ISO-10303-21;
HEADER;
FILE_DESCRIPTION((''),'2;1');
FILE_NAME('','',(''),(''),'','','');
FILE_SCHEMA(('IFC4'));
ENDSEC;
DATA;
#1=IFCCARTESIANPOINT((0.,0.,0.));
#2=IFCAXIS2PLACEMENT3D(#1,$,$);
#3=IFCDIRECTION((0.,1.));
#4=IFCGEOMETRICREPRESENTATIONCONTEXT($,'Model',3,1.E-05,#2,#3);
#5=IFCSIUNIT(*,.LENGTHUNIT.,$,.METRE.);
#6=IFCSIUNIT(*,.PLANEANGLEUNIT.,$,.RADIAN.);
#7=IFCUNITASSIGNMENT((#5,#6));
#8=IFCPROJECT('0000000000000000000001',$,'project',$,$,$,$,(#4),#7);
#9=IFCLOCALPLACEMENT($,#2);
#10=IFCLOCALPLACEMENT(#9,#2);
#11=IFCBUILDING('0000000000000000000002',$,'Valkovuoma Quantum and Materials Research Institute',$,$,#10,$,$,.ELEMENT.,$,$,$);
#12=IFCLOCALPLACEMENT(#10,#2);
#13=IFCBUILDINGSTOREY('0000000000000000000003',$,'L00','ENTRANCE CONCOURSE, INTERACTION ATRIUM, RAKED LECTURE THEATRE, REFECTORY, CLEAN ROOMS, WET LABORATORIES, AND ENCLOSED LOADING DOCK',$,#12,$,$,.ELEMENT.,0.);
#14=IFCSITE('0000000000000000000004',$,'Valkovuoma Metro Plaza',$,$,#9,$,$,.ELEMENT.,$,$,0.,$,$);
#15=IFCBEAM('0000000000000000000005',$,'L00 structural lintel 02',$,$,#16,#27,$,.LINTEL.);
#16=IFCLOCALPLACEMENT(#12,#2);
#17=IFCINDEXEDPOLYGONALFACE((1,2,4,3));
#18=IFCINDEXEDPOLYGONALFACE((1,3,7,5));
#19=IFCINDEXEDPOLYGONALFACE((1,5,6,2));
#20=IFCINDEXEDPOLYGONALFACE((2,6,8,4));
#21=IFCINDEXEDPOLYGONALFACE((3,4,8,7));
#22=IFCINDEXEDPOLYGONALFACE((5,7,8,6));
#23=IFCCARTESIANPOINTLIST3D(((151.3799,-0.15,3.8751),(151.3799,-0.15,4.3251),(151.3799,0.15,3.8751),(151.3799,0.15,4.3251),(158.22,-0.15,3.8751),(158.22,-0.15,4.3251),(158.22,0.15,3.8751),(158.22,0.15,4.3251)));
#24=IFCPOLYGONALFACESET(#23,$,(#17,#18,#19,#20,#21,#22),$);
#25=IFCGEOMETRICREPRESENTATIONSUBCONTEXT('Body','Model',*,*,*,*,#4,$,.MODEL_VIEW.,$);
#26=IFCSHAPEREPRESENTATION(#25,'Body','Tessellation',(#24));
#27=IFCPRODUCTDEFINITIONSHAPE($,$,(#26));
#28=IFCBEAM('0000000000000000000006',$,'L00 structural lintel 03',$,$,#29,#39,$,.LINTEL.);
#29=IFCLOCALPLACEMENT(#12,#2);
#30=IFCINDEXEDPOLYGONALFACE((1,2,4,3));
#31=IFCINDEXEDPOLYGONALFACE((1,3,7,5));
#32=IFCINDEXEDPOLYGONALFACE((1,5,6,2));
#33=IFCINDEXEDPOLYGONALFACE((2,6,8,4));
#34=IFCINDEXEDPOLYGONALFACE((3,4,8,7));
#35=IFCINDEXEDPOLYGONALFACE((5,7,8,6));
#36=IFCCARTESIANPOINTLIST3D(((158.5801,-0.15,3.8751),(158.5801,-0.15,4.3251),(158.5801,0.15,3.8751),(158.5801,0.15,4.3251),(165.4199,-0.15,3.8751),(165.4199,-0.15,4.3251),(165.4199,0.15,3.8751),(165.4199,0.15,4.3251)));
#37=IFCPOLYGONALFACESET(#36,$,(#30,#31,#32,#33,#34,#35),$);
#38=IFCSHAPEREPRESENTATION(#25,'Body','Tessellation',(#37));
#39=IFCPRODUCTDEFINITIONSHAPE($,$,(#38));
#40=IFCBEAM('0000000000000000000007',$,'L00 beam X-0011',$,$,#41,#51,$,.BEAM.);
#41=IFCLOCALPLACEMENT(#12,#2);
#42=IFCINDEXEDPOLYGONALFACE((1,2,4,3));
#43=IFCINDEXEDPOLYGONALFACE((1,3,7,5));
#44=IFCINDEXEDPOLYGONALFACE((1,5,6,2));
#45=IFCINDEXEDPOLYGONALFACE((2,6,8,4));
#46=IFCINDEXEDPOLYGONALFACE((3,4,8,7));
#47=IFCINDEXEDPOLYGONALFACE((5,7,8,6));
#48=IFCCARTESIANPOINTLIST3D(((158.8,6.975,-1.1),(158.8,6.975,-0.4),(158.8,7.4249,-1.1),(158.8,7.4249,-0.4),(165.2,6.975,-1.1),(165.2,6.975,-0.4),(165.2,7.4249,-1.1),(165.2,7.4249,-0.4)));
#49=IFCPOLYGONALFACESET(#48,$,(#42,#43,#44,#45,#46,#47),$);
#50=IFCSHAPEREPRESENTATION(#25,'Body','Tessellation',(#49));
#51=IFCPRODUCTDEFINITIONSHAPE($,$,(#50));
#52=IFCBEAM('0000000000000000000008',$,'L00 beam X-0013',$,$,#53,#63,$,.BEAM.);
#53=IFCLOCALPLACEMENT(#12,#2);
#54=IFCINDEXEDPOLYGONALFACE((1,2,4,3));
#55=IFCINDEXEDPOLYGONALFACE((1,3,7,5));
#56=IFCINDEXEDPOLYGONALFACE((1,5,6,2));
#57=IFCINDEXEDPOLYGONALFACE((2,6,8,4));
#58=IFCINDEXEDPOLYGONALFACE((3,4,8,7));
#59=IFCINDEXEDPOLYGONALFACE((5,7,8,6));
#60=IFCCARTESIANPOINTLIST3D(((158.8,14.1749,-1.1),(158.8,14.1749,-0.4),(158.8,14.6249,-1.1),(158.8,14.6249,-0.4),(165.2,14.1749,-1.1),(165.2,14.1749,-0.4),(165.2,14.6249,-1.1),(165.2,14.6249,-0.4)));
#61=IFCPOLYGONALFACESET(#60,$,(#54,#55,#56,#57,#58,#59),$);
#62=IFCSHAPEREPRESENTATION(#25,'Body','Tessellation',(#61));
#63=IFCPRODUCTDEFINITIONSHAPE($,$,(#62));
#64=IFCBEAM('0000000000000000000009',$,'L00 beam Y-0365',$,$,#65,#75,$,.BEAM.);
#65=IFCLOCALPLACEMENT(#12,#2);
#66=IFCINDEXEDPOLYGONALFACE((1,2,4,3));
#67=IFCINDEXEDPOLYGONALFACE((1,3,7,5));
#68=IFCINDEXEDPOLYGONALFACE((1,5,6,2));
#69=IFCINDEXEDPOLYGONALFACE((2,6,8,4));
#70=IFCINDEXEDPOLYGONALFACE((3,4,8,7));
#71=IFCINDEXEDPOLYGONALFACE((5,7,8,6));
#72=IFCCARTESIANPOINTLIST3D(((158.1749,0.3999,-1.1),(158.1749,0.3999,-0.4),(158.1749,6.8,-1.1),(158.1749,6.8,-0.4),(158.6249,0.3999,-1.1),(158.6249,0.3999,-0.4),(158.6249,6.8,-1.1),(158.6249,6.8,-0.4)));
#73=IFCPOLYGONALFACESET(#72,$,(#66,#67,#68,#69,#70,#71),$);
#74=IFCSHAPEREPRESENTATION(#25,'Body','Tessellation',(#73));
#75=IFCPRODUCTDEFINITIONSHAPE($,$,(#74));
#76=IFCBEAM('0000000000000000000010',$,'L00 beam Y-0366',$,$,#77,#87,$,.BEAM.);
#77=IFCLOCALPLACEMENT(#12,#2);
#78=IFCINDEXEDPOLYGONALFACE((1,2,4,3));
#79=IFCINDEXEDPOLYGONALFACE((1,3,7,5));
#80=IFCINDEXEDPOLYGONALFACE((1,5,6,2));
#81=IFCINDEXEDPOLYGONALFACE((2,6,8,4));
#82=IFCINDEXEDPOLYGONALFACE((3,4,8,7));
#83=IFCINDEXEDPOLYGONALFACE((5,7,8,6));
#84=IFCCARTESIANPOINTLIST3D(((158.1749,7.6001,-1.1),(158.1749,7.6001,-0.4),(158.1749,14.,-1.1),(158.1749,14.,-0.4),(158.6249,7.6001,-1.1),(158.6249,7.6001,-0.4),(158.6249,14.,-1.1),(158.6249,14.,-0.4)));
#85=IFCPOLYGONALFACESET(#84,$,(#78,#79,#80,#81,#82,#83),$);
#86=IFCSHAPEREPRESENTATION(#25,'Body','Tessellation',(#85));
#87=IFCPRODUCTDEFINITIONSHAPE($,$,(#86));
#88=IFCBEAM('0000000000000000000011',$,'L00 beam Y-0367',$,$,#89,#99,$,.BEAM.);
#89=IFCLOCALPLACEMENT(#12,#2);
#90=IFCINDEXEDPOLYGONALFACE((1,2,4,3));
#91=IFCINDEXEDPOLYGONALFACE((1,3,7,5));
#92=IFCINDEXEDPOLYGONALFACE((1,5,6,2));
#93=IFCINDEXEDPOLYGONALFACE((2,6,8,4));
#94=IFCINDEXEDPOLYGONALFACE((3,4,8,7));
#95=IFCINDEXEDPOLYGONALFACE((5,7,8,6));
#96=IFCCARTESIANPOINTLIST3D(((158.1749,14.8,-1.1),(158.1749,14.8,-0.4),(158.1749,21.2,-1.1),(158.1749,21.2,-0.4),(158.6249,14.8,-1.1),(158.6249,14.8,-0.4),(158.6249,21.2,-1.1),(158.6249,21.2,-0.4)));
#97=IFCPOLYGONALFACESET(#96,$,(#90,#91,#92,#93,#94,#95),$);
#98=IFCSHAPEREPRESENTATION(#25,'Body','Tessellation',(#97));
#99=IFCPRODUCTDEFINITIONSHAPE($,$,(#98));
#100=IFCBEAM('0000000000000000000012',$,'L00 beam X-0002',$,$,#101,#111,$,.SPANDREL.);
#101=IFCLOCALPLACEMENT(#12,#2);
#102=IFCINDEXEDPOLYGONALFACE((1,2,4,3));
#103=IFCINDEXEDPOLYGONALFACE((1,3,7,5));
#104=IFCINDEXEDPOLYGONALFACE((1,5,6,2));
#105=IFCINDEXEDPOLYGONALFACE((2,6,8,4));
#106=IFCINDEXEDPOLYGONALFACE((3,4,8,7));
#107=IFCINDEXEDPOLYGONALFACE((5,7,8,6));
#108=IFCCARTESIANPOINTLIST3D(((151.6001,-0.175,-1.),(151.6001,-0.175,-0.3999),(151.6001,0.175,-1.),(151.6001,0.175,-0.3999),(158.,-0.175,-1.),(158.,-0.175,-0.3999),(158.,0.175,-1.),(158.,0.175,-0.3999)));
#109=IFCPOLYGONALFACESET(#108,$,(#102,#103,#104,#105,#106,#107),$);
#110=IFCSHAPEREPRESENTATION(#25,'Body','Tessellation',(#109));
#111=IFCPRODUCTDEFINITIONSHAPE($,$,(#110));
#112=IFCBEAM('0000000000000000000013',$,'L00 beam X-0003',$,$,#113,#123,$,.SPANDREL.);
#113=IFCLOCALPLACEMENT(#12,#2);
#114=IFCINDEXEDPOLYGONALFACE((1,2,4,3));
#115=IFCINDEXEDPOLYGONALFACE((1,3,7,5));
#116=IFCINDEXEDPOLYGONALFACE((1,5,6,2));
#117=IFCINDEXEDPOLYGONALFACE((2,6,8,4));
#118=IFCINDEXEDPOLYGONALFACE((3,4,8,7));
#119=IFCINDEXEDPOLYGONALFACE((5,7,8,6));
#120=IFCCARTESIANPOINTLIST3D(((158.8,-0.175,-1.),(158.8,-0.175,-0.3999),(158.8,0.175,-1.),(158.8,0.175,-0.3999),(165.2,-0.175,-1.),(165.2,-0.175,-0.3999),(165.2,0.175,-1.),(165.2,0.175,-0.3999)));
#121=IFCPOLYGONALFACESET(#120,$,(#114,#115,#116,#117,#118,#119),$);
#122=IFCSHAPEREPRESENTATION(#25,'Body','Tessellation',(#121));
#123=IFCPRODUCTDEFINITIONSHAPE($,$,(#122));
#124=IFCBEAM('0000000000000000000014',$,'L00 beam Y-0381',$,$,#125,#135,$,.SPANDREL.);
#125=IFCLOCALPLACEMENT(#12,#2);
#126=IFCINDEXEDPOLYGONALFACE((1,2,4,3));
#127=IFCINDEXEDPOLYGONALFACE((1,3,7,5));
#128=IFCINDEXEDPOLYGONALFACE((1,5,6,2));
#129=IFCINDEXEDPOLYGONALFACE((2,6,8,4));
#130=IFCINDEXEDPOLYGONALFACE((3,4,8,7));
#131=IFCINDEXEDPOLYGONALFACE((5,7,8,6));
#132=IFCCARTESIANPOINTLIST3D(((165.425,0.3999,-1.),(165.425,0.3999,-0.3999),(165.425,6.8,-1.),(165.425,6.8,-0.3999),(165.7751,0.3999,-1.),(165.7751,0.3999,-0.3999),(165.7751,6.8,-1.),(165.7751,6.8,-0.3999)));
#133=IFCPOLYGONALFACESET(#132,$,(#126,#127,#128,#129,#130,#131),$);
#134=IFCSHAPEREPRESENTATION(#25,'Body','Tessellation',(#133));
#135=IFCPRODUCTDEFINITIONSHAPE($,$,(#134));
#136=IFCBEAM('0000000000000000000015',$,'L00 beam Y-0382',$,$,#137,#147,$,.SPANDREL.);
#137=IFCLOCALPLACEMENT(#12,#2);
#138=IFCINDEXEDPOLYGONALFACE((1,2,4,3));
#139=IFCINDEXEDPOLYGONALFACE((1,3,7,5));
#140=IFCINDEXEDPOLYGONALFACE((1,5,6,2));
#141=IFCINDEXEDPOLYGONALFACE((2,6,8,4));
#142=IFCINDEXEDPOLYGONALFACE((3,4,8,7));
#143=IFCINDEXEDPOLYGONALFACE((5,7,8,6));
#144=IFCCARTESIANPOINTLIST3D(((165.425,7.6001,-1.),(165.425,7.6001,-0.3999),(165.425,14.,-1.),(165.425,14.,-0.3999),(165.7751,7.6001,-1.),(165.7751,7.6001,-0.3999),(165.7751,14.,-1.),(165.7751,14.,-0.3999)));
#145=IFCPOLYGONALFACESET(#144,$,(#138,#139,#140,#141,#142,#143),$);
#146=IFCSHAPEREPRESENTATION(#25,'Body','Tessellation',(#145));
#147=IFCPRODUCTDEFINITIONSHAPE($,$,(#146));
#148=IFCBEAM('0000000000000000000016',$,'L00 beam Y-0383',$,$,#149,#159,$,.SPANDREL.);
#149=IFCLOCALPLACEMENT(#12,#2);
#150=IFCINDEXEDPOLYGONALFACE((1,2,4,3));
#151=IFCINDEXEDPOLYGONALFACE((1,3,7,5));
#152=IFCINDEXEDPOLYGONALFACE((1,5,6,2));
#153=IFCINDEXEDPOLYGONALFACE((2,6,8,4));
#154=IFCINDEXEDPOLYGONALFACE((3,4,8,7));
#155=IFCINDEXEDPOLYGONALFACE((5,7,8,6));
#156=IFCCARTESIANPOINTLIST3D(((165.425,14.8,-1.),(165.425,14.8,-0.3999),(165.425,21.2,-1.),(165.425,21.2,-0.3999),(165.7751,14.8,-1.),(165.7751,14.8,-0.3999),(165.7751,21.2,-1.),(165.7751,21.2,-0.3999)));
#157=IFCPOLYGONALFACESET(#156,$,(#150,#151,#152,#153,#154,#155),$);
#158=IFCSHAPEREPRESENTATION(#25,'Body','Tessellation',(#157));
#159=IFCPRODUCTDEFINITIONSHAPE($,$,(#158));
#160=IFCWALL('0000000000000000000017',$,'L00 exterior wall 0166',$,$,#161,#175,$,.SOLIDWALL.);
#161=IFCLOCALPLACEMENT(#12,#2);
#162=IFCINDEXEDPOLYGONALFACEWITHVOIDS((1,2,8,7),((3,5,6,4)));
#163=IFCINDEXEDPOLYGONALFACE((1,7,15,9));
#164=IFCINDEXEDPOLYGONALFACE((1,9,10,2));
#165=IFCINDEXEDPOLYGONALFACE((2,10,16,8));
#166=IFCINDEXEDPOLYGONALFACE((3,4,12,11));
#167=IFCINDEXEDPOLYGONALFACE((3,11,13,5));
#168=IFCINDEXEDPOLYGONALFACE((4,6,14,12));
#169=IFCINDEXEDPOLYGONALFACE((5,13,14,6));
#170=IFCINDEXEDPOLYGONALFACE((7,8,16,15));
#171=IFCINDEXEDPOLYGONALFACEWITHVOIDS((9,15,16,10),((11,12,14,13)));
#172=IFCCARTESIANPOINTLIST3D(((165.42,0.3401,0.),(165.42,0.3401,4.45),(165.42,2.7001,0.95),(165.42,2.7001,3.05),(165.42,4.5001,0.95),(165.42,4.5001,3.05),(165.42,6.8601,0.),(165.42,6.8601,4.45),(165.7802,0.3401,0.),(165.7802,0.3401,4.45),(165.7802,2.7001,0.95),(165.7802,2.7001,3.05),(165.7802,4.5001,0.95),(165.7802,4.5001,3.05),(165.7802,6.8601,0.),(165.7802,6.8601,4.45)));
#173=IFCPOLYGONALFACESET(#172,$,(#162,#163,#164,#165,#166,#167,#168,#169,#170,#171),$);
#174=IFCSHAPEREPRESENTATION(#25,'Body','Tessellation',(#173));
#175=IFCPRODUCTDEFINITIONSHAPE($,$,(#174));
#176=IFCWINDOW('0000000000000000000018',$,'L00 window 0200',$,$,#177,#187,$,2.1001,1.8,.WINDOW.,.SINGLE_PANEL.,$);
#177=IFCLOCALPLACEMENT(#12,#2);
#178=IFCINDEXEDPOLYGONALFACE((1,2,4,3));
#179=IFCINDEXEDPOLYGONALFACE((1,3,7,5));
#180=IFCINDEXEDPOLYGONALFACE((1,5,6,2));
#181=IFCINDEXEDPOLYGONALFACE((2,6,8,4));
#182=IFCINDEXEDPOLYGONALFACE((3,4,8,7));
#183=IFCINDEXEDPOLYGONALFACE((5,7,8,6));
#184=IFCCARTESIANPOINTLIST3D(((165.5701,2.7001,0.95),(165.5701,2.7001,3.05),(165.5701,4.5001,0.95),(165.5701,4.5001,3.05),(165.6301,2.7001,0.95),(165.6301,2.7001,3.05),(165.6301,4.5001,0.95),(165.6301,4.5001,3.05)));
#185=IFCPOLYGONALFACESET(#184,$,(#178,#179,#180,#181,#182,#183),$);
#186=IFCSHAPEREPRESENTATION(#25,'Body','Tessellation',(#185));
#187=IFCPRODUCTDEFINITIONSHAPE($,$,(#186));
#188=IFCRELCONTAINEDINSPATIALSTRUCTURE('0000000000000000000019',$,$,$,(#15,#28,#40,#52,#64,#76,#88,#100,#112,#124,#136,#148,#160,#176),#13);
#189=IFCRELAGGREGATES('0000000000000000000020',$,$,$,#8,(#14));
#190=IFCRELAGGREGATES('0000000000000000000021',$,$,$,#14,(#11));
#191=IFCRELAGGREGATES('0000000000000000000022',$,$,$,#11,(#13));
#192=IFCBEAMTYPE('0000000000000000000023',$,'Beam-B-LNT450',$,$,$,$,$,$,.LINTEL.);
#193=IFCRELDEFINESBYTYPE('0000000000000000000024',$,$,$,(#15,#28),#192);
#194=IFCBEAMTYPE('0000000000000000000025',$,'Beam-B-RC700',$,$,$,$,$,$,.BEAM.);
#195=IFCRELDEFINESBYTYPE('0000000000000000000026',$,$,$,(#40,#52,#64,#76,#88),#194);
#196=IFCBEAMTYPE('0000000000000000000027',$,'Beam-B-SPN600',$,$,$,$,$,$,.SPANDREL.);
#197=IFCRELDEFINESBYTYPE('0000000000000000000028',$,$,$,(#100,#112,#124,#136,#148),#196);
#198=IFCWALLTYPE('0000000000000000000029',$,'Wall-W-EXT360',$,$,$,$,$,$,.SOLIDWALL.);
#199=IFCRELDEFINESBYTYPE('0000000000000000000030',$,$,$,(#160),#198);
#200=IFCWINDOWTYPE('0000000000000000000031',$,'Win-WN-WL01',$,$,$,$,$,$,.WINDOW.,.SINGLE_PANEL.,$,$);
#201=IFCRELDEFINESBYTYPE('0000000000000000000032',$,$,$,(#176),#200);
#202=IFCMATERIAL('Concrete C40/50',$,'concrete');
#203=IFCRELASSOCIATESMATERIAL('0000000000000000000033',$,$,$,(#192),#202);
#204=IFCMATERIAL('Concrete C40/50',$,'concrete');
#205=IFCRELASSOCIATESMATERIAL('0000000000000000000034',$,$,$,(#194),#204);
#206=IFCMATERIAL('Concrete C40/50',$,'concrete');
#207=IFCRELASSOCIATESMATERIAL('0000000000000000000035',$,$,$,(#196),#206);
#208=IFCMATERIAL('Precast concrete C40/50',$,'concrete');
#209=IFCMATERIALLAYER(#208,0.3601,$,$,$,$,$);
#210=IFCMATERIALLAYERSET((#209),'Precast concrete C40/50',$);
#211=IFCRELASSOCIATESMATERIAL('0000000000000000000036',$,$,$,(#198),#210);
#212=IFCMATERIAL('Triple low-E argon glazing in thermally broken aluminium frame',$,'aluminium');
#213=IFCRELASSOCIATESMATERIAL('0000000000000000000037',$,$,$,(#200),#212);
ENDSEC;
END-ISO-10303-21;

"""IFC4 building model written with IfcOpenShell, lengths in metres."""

from ifc_helpers import new_model, si_unit, direction, frame, frame_2d, origin, origin_2d, place, context, subcontext, project, spatial, rectangle, extrude, material, layer, layer_set, material_profile, profile_set, type_object, element, fill, save


model = new_model("IFC4")

# Units and contexts
model_context = context("Model", 3, precision=1e-05, world=origin(), true_north=direction((0.0, 1.0)))
body_context = subcontext(model_context, "Body", "Model", "MODEL_VIEW")
ifc_project = project(units=[si_unit("LENGTHUNIT", "METRE"), si_unit("PLANEANGLEUNIT", "RADIAN")], contexts=[model_context])

# Site, building, storey
site_placement = place(None, origin())
site = spatial("IfcSite", under=ifc_project, at=site_placement, Name="Valkovuoma Metro Plaza", CompositionType="ELEMENT", RefElevation=0.0)
building_placement = place(site_placement, origin())
building = spatial("IfcBuilding", under=site, at=building_placement, Name="Valkovuoma Quantum and Materials Research Institute", CompositionType="ELEMENT")
storey_placement = place(building_placement, origin())
storey = spatial("IfcBuildingStorey", under=building, at=storey_placement, Name="L00", Description="ENTRANCE CONCOURSE, INTERACTION ATRIUM, RAKED LECTURE THEATRE, REFECTORY, CLEAN ROOMS, WET LABORATORIES, AND ENCLOSED LOADING DOCK", CompositionType="ELEMENT", Elevation=0.0)

# Beams
ifc_material_1 = material(Name="Concrete C40/50", Category="concrete")
ifc_material_profile_1 = material_profile(ifc_material_1, rectangle(XDim=0.3, YDim=0.45, at=origin_2d()), Name="Concrete C40/50")
ifc_profile_set_1 = profile_set([ifc_material_profile_1], Name="Concrete C40/50")
beam_type_1 = type_object("IfcBeamType", Name="Beam-B-LNT450", PredefinedType="LINTEL", material=ifc_profile_set_1)
beam_1_placement = place(storey_placement, frame((151.3799, 0.0, 4.1001), z_axis=(1.0, 0.0, 0.0), x_axis=(0.0, 1.0, 0.0)))
element("IfcBeam", 1, at=beam_1_placement, inside=storey, type_object=beam_type_1, Name="L00 structural lintel 02", PredefinedType="LINTEL", context=body_context, shape_type="SweptSolid", body=[
    extrude(rectangle(XDim=0.3, YDim=0.45, at=origin_2d()), origin(), (0.0, 0.0, 1.0), 6.8401),
])
beam_2_placement = place(storey_placement, frame((158.5801, 0.0, 4.1001), z_axis=(1.0, 0.0, 0.0), x_axis=(0.0, 1.0, 0.0)))
element("IfcBeam", 2, at=beam_2_placement, inside=storey, type_object=beam_type_1, Name="L00 structural lintel 03", PredefinedType="LINTEL", context=body_context, shape_type="SweptSolid", body=[
    extrude(rectangle(XDim=0.3, YDim=0.45, at=origin_2d()), origin(), (0.0, 0.0, 1.0), 6.8398),
])
ifc_material_2 = material(Name="Concrete C40/50", Category="concrete")
ifc_material_profile_2 = material_profile(ifc_material_2, rectangle(XDim=0.45, YDim=0.7, at=origin_2d()), Name="Concrete C40/50")
ifc_profile_set_2 = profile_set([ifc_material_profile_2], Name="Concrete C40/50")
beam_type_2 = type_object("IfcBeamType", Name="Beam-B-RC700", PredefinedType="BEAM", material=ifc_profile_set_2)
for number, where, z_axis, x_axis, name in (
    (3, (158.8, 7.2, -0.75), (1.0, 0.0, 0.0), (0.0, 1.0, 0.0), "L00 beam X-0011"),
    (4, (158.8, 14.3999, -0.75), (1.0, 0.0, 0.0), (0.0, 1.0, 0.0), "L00 beam X-0013"),
):
    element("IfcBeam", number, at=place(storey_placement, frame(where, z_axis=z_axis, x_axis=x_axis)), inside=storey, type_object=beam_type_2, Name=name, PredefinedType="BEAM", context=body_context, shape_type="SweptSolid", body=[
        extrude(rectangle(XDim=0.45, YDim=0.7, at=origin_2d()), origin(), (0.0, 0.0, 1.0), 6.3999),
    ])
beam_3_placement = place(storey_placement, frame((158.3999, 0.3999, -0.75), z_axis=(0.0, 1.0, 0.0), x_axis=(-1.0, 0.0, 0.0)))
element("IfcBeam", 5, at=beam_3_placement, inside=storey, type_object=beam_type_2, Name="L00 beam Y-0365", PredefinedType="BEAM", context=body_context, shape_type="SweptSolid", body=[
    extrude(rectangle(XDim=0.45, YDim=0.7, at=origin_2d()), origin(), (0.0, 0.0, 1.0), 6.4001),
])
for number, where, z_axis, x_axis, name in (
    (6, (158.3999, 7.6001, -0.75), (0.0, 1.0, 0.0), (-1.0, 0.0, 0.0), "L00 beam Y-0366"),
    (7, (158.3999, 14.8, -0.75), (0.0, 1.0, 0.0), (-1.0, 0.0, 0.0), "L00 beam Y-0367"),
):
    element("IfcBeam", number, at=place(storey_placement, frame(where, z_axis=z_axis, x_axis=x_axis)), inside=storey, type_object=beam_type_2, Name=name, PredefinedType="BEAM", context=body_context, shape_type="SweptSolid", body=[
        extrude(rectangle(XDim=0.45, YDim=0.7, at=origin_2d()), origin(), (0.0, 0.0, 1.0), 6.3999),
    ])
ifc_material_3 = material(Name="Concrete C40/50", Category="concrete")
ifc_material_profile_3 = material_profile(ifc_material_3, rectangle(XDim=0.3501, YDim=0.6001, at=origin_2d()), Name="Concrete C40/50")
ifc_profile_set_3 = profile_set([ifc_material_profile_3], Name="Concrete C40/50")
beam_type_3 = type_object("IfcBeamType", Name="Beam-B-SPN600", PredefinedType="SPANDREL", material=ifc_profile_set_3)
for number, where, z_axis, x_axis, name in (
    (8, (151.6001, 0.0, -0.7), (1.0, 0.0, 0.0), (0.0, 1.0, 0.0), "L00 beam X-0002"),
    (9, (158.8, 0.0, -0.7), (1.0, 0.0, 0.0), (0.0, 1.0, 0.0), "L00 beam X-0003"),
):
    element("IfcBeam", number, at=place(storey_placement, frame(where, z_axis=z_axis, x_axis=x_axis)), inside=storey, type_object=beam_type_3, Name=name, PredefinedType="SPANDREL", context=body_context, shape_type="SweptSolid", body=[
        extrude(rectangle(XDim=0.3501, YDim=0.6001, at=origin_2d()), origin(), (0.0, 0.0, 1.0), 6.3999),
    ])
beam_4_placement = place(storey_placement, frame((165.6001, 0.3999, -0.7), z_axis=(0.0, 1.0, 0.0), x_axis=(-1.0, 0.0, 0.0)))
element("IfcBeam", 10, at=beam_4_placement, inside=storey, type_object=beam_type_3, Name="L00 beam Y-0381", PredefinedType="SPANDREL", context=body_context, shape_type="SweptSolid", body=[
    extrude(rectangle(XDim=0.3501, YDim=0.6001, at=origin_2d()), origin(), (0.0, 0.0, 1.0), 6.4001),
])
for number, where, z_axis, x_axis, name in (
    (11, (165.6001, 7.6001, -0.7), (0.0, 1.0, 0.0), (-1.0, 0.0, 0.0), "L00 beam Y-0382"),
    (12, (165.6001, 14.8, -0.7), (0.0, 1.0, 0.0), (-1.0, 0.0, 0.0), "L00 beam Y-0383"),
):
    element("IfcBeam", number, at=place(storey_placement, frame(where, z_axis=z_axis, x_axis=x_axis)), inside=storey, type_object=beam_type_3, Name=name, PredefinedType="SPANDREL", context=body_context, shape_type="SweptSolid", body=[
        extrude(rectangle(XDim=0.3501, YDim=0.6001, at=origin_2d()), origin(), (0.0, 0.0, 1.0), 6.3999),
    ])

# Wall, opening, window
ifc_material_4 = material(Name="Precast concrete C40/50", Category="concrete")
ifc_layer_1 = layer(ifc_material_4, 0.3601)
ifc_layer_set_1 = layer_set([ifc_layer_1], Name="Precast concrete C40/50")
wall_type_1 = type_object("IfcWallType", Name="Wall-W-EXT360", PredefinedType="SOLIDWALL", material=ifc_layer_set_1)
wall_1_placement = place(storey_placement, frame((165.6001, 0.3401, 0.0), z_axis=(0.0, 0.0, 1.0), x_axis=(0.0, 1.0, 0.0)))
wall_1 = element("IfcWall", 13, at=wall_1_placement, inside=storey, type_object=wall_type_1, Name="L00 exterior wall 0166", PredefinedType="SOLIDWALL", context=body_context, shape_type="SweptSolid", body=[
    extrude(rectangle(XDim=6.52, YDim=0.3601, at=frame_2d((3.26, 0.0))), origin(), (0.0, 0.0, 1.0), 4.45),
])
opening_1_placement = place(wall_1_placement, frame((2.3601, 0.0, 0.95)))
opening_1 = element("IfcOpeningElement", 14, at=opening_1_placement, cuts=wall_1, PredefinedType="OPENING", context=body_context, shape_type="SweptSolid", body=[
    extrude(rectangle(XDim=1.8, YDim=2.1001, at=frame_2d((0.8999, 1.05))), frame((0.0, 0.1899, 0.0), z_axis=(0.0, -1.0, 0.0), x_axis=(1.0, 0.0, 0.0)), (0.0, 0.0, 1.0), 0.3801),
])
ifc_material_5 = material(Name="Triple low-E argon glazing in thermally broken aluminium frame", Category="aluminium")
window_type_1 = type_object("IfcWindowType", Name="Win-WN-WL01", PartitioningType="SINGLE_PANEL", PredefinedType="WINDOW", material=ifc_material_5)
window_1_placement = place(opening_1_placement, origin())
window_1 = element("IfcWindow", 15, at=window_1_placement, inside=storey, type_object=window_type_1, Name="L00 window 0200", OverallHeight=2.1001, OverallWidth=1.8, PartitioningType="SINGLE_PANEL", PredefinedType="WINDOW", context=body_context, shape_type="SweptSolid", body=[
    extrude(rectangle(XDim=1.8, YDim=2.1001, at=frame_2d((0.8999, 1.05))), frame((0.0, 0.03, 0.0), z_axis=(0.0, -1.0, 0.0), x_axis=(1.0, 0.0, 0.0)), (0.0, 0.0, 1.0), 0.0601),
])
fill(opening_1, window_1)

save(model, "model.ifc")
